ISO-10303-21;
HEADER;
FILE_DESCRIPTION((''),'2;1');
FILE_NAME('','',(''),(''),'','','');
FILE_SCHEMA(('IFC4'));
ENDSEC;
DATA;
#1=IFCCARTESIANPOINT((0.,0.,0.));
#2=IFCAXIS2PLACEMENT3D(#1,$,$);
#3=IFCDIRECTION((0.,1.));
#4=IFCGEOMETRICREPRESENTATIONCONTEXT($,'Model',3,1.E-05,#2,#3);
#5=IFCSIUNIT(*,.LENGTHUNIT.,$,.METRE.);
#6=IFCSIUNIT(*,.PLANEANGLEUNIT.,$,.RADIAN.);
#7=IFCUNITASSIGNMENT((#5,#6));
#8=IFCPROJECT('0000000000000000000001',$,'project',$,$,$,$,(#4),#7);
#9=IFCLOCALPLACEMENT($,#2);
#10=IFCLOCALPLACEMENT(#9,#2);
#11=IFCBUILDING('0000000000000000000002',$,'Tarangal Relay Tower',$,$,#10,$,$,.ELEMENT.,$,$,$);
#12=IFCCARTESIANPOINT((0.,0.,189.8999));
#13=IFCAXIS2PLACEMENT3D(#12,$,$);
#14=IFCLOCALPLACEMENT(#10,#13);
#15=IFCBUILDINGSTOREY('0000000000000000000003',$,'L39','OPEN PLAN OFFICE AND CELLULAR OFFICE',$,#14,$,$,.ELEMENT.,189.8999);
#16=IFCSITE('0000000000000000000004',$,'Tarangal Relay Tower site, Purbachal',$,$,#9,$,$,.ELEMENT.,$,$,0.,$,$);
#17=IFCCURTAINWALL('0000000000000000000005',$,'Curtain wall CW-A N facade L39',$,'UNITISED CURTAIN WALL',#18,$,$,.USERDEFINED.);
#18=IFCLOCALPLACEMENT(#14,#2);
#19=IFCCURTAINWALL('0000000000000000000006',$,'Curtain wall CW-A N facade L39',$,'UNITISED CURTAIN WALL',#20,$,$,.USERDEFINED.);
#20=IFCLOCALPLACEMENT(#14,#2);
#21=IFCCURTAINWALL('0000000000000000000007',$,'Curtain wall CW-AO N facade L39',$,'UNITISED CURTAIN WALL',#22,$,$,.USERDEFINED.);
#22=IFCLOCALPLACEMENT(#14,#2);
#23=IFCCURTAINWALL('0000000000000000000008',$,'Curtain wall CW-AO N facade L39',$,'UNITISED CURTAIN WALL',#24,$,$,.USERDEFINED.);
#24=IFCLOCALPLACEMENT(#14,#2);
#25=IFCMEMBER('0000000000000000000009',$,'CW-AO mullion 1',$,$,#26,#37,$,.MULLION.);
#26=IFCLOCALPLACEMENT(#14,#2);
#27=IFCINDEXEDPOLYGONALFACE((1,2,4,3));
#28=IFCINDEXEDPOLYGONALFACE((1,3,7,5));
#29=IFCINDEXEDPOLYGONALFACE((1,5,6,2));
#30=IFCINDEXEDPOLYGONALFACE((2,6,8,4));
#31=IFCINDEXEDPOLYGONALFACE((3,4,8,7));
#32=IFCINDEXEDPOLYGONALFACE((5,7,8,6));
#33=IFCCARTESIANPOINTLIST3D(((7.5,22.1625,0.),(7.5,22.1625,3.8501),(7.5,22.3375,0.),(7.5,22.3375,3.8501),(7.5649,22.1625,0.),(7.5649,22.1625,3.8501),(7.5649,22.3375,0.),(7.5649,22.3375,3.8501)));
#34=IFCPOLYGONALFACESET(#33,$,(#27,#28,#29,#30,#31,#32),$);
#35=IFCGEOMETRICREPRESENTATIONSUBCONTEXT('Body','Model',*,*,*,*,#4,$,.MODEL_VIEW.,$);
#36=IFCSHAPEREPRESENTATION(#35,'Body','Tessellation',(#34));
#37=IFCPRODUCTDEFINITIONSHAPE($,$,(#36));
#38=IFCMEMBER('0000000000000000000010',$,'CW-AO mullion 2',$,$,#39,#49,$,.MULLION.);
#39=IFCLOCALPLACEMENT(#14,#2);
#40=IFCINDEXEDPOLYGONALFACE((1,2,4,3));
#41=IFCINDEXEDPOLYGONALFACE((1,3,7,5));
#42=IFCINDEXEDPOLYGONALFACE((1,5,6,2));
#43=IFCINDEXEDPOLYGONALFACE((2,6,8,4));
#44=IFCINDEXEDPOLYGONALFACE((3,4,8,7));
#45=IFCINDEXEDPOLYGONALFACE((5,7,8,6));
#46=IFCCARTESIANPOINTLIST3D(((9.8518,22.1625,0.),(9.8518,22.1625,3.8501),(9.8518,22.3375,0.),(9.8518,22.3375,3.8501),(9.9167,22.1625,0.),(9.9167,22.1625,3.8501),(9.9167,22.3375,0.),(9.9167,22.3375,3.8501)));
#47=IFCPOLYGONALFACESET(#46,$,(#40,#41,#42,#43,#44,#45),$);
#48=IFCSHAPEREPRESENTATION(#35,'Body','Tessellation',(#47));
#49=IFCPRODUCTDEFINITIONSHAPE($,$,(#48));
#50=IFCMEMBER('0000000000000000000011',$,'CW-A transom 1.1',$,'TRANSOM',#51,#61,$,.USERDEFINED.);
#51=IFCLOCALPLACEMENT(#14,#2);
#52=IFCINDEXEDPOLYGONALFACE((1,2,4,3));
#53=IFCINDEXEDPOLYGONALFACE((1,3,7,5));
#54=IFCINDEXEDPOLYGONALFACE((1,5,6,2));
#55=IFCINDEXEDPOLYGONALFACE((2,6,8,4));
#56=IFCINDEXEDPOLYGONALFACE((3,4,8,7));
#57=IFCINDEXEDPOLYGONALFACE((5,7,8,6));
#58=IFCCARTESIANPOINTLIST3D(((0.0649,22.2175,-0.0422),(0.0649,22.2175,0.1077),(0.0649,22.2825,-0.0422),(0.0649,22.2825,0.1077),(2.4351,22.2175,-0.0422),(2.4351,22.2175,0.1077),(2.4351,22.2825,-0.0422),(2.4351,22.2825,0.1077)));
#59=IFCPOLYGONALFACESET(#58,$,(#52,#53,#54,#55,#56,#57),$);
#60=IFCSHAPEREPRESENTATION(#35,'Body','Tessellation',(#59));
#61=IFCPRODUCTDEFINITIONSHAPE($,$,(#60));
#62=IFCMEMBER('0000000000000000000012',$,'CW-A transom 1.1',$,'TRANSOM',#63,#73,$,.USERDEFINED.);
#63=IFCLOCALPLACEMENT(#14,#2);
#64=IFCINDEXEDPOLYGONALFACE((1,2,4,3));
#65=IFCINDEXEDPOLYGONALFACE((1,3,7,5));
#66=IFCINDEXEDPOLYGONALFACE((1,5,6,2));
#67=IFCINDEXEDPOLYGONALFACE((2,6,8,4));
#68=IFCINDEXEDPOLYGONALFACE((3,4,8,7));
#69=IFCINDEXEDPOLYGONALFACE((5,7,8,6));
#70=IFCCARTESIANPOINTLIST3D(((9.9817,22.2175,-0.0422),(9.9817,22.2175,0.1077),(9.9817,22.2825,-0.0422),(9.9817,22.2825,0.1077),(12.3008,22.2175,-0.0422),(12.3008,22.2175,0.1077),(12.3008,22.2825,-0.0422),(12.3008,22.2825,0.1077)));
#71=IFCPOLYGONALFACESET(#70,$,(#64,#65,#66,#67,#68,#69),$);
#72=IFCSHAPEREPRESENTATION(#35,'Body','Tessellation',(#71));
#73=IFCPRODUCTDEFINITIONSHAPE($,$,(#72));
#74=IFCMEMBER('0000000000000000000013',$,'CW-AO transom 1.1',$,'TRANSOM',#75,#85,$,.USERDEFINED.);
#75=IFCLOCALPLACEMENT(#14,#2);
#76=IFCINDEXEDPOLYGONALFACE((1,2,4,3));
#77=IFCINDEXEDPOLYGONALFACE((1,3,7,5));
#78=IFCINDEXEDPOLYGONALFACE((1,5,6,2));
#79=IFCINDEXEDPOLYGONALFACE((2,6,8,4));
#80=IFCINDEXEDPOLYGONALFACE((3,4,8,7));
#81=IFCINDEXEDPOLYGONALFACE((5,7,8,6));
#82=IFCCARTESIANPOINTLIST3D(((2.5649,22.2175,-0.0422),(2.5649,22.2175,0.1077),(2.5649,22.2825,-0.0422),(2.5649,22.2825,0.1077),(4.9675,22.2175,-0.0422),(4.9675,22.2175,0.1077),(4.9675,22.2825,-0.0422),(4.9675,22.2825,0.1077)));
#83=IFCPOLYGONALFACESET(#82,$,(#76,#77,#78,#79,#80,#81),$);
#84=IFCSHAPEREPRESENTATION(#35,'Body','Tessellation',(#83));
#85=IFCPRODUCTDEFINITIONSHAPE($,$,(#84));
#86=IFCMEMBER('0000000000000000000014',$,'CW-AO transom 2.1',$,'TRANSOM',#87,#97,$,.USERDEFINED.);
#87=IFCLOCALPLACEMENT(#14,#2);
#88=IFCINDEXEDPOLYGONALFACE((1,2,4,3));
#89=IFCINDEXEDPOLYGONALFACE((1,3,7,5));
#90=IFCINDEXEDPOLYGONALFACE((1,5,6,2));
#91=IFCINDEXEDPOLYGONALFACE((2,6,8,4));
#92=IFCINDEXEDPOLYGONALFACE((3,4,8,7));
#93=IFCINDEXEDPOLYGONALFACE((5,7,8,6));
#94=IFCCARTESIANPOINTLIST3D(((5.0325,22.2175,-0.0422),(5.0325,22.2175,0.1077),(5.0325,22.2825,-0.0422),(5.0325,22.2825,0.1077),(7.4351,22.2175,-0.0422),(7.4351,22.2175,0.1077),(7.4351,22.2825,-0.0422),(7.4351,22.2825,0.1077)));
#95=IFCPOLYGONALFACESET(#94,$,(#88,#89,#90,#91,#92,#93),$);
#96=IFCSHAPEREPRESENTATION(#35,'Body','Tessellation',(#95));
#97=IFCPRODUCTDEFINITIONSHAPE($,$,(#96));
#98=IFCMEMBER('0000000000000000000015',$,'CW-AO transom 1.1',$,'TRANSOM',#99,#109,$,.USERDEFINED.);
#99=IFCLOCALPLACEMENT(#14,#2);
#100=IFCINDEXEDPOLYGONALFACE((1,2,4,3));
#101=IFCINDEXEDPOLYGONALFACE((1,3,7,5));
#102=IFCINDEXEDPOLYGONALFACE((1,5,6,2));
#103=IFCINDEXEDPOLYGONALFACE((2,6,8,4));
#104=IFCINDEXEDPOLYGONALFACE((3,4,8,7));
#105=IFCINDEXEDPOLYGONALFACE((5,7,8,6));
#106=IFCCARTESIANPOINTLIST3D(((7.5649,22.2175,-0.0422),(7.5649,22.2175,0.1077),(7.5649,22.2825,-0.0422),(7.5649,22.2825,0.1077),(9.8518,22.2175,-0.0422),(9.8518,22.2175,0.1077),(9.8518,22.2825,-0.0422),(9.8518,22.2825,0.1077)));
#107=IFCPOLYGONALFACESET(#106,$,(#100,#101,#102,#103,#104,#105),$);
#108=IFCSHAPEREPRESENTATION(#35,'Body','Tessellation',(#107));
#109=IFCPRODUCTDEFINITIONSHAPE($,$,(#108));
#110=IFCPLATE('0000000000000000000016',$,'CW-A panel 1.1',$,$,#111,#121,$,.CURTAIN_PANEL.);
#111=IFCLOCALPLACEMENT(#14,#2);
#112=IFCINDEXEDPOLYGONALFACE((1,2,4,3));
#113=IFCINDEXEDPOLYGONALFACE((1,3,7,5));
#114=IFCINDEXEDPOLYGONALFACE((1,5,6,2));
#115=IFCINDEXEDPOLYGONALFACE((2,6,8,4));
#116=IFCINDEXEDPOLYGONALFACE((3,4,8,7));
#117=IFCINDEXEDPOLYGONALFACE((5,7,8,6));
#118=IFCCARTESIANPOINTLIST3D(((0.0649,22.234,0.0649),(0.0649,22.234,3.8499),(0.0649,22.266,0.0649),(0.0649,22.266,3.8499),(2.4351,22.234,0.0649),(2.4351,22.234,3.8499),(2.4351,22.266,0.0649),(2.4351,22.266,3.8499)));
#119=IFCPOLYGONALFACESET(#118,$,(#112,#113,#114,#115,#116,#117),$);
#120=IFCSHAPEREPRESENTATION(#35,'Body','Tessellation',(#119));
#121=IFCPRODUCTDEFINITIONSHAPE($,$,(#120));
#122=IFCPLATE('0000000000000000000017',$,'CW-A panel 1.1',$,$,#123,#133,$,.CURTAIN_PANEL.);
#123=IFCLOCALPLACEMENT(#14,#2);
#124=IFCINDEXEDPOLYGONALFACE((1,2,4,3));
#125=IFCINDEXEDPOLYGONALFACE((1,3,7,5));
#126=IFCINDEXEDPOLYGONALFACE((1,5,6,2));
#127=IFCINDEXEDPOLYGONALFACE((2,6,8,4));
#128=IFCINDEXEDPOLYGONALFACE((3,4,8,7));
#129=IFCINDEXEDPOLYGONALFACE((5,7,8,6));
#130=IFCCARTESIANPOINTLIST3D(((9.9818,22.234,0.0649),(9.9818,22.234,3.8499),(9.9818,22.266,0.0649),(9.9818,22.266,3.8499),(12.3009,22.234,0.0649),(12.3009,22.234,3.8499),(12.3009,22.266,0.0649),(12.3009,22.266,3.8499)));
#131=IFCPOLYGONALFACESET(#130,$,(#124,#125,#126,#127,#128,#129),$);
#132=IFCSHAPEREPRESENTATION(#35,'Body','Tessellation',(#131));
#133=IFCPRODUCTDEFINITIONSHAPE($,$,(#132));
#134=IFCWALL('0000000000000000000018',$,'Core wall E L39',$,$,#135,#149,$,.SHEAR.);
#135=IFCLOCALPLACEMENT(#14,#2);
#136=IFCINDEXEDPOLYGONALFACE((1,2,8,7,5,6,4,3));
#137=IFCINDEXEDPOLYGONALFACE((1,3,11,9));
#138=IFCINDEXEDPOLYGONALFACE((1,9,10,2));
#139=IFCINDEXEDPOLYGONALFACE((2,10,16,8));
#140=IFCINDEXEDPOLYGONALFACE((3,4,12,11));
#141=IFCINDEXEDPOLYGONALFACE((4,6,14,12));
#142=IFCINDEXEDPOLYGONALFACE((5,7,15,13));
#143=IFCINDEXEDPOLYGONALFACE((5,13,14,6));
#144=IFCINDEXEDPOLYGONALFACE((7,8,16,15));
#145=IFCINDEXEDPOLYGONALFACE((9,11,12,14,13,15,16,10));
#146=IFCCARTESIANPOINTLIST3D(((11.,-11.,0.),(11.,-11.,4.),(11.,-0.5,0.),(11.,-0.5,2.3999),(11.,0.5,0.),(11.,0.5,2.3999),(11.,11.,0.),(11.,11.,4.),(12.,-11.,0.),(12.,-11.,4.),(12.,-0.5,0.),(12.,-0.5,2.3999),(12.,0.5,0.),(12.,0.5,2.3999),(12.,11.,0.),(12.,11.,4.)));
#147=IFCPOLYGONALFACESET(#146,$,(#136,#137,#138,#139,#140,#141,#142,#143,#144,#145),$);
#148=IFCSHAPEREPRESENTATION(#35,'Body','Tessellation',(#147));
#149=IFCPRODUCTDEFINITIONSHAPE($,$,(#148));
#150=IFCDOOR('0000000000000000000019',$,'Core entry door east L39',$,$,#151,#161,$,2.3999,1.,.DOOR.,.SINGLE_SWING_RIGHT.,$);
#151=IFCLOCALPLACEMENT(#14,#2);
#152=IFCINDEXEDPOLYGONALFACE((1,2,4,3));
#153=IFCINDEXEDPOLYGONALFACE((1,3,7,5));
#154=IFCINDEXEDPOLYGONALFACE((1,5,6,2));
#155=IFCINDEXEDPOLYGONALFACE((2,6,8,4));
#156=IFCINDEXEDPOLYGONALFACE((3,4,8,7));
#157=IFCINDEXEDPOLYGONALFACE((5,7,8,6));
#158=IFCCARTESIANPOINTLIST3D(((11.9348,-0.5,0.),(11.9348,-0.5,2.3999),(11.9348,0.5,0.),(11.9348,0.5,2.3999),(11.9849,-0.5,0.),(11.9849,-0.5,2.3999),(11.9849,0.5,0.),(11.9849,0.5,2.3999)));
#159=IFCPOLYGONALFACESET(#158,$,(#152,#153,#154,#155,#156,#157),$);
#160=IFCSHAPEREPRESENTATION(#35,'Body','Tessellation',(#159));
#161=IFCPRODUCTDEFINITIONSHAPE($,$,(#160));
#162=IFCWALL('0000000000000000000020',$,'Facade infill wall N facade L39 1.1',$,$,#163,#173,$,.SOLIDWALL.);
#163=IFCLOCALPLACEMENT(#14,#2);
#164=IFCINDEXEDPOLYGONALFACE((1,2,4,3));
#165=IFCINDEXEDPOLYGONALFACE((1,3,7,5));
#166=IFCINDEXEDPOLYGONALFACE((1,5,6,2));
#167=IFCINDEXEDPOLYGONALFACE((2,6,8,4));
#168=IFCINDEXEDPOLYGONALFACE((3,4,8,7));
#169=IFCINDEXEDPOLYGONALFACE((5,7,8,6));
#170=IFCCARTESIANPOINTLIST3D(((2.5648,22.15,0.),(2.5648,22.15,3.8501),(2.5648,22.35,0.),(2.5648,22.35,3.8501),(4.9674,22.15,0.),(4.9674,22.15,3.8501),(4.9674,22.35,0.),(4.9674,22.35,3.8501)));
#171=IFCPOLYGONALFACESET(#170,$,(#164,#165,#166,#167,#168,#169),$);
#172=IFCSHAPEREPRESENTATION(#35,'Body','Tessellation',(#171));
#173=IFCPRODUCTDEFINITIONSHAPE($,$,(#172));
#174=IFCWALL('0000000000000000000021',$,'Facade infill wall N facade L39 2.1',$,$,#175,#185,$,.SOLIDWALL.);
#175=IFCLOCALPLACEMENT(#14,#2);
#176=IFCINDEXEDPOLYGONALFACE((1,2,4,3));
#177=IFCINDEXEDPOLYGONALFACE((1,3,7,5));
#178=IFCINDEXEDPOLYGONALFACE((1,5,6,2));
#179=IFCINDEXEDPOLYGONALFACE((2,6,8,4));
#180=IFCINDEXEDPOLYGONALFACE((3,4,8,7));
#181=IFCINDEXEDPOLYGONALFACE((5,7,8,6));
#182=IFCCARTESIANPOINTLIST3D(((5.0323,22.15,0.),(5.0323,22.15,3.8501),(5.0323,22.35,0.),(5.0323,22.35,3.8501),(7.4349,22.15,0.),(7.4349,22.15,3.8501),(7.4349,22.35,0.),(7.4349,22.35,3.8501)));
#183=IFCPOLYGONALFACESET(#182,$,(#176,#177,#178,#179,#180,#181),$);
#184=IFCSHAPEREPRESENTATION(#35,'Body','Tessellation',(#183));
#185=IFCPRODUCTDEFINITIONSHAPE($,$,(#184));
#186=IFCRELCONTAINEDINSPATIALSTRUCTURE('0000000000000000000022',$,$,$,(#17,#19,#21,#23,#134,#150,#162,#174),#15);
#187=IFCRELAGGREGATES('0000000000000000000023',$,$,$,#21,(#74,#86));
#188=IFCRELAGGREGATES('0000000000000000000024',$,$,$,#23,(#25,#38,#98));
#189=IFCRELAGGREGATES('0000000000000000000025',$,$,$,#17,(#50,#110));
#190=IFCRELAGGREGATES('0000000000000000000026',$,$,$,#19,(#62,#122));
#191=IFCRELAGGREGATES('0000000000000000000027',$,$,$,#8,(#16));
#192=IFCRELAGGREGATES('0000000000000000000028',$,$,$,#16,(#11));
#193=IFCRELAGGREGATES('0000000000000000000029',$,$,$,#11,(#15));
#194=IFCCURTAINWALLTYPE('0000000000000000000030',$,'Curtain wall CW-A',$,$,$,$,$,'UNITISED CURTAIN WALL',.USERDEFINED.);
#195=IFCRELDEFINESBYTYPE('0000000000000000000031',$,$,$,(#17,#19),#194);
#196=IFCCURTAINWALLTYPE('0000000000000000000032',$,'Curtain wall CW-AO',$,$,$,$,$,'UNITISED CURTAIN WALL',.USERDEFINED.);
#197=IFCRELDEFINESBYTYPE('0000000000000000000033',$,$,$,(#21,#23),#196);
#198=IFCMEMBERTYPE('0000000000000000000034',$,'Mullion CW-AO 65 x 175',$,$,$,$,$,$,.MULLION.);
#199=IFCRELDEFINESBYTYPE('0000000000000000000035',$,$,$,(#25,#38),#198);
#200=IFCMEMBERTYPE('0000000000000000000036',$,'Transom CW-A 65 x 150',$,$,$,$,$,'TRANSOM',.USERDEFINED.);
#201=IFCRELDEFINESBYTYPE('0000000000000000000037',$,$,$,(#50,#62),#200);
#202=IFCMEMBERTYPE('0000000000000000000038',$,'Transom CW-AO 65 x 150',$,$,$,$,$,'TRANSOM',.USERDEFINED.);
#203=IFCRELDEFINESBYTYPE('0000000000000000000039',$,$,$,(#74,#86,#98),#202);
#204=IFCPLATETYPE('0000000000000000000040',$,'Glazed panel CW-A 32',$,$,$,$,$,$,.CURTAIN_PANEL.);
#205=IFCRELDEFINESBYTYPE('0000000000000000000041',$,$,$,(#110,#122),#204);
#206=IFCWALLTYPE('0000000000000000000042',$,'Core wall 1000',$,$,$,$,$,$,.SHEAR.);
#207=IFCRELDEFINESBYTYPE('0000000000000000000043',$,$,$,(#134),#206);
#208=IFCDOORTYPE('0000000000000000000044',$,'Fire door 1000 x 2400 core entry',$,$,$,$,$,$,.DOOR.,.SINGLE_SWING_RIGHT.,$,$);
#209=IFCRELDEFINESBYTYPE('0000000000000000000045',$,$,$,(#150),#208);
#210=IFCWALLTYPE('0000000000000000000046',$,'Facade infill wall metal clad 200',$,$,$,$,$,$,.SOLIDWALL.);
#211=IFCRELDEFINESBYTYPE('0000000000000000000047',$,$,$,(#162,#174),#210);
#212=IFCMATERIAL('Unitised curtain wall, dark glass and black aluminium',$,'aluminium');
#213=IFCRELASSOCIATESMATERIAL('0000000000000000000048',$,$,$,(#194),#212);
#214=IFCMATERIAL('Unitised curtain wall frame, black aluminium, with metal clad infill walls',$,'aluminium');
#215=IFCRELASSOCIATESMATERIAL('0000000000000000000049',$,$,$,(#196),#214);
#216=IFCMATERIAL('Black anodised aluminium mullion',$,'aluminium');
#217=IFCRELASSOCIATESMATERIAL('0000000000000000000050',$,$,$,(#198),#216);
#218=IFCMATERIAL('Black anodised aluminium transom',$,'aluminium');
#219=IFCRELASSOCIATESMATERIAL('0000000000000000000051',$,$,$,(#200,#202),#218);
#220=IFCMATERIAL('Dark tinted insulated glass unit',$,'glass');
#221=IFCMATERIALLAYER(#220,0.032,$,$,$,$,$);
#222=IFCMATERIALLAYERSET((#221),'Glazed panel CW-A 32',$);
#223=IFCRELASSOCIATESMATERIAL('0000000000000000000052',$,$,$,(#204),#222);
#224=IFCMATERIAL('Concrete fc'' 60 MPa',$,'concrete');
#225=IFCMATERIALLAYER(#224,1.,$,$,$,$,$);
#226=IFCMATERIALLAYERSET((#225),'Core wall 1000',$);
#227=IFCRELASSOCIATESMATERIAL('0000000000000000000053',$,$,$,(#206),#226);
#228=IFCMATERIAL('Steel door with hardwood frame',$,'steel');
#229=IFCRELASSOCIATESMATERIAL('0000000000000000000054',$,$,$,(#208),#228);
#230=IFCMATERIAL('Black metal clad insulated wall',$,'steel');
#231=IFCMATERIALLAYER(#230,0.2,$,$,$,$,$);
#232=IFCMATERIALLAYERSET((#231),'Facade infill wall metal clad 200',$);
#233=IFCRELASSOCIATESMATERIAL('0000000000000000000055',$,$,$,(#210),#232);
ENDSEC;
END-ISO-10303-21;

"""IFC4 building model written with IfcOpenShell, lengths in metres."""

from ifc_helpers import new_model, si_unit, direction, frame, frame_2d, origin, origin_2d, place, context, subcontext, project, spatial, rectangle, extrude, material, layer, layer_set, material_profile, profile_set, type_object, element, fill, aggregate, save


model = new_model("IFC4")

# Units and contexts
model_context = context("Model", 3, precision=1e-05, world=origin(), true_north=direction((0.0, 1.0)))
body_context = subcontext(model_context, "Body", "Model", "MODEL_VIEW")
ifc_project = project(units=[si_unit("LENGTHUNIT", "METRE"), si_unit("PLANEANGLEUNIT", "RADIAN")], contexts=[model_context])

# Site, building, storey
site_placement = place(None, origin())
site = spatial("IfcSite", under=ifc_project, at=site_placement, Name="Tarangal Relay Tower site, Purbachal", CompositionType="ELEMENT", RefElevation=0.0)
building_placement = place(site_placement, origin())
building = spatial("IfcBuilding", under=site, at=building_placement, Name="Tarangal Relay Tower", CompositionType="ELEMENT")
storey_placement = place(building_placement, frame((0.0, 0.0, 189.8999)))
storey = spatial("IfcBuildingStorey", under=building, at=storey_placement, Name="L39", Description="OPEN PLAN OFFICE AND CELLULAR OFFICE", CompositionType="ELEMENT", Elevation=189.8999)

# Curtain wall
ifc_material_1 = material(Name="Unitised curtain wall, dark glass and black aluminium", Category="aluminium")
curtain_wall_type_1 = type_object("IfcCurtainWallType", Name="Curtain wall CW-A", ElementType="UNITISED CURTAIN WALL", PredefinedType="USERDEFINED", material=ifc_material_1)
curtain_wall_1_placement = place(storey_placement, origin())
curtain_wall_1 = element("IfcCurtainWall", 1, at=curtain_wall_1_placement, inside=storey, type_object=curtain_wall_type_1, Name="Curtain wall CW-A N facade L39", ObjectType="UNITISED CURTAIN WALL", PredefinedType="USERDEFINED")
ifc_material_2 = material(Name="Black anodised aluminium mullion", Category="aluminium")

# Curtain wall
curtain_wall_2_placement = place(storey_placement, origin())
curtain_wall_2 = element("IfcCurtainWall", 2, at=curtain_wall_2_placement, inside=storey, type_object=curtain_wall_type_1, Name="Curtain wall CW-A N facade L39", ObjectType="UNITISED CURTAIN WALL", PredefinedType="USERDEFINED")

# Curtain walls, members
ifc_material_3 = material(Name="Unitised curtain wall frame, black aluminium, with metal clad infill walls", Category="aluminium")
curtain_wall_type_2 = type_object("IfcCurtainWallType", Name="Curtain wall CW-AO", ElementType="UNITISED CURTAIN WALL", PredefinedType="USERDEFINED", material=ifc_material_3)
curtain_wall_3_placement = place(storey_placement, origin())
curtain_wall_3 = element("IfcCurtainWall", 3, at=curtain_wall_3_placement, inside=storey, type_object=curtain_wall_type_2, Name="Curtain wall CW-AO N facade L39", ObjectType="UNITISED CURTAIN WALL", PredefinedType="USERDEFINED")
ifc_material_profile_1 = material_profile(ifc_material_2, rectangle(XDim=0.175, YDim=0.0649, at=origin_2d()), Name="CW-AOM 65X175")
ifc_profile_set_1 = profile_set([ifc_material_profile_1], Name="Black anodised aluminium mullion")
member_type_1 = type_object("IfcMemberType", Name="Mullion CW-AO 65 x 175", PredefinedType="MULLION", material=ifc_profile_set_1)
curtain_wall_4_placement = place(storey_placement, origin())
curtain_wall_4 = element("IfcCurtainWall", 4, at=curtain_wall_4_placement, inside=storey, type_object=curtain_wall_type_2, Name="Curtain wall CW-AO N facade L39", ObjectType="UNITISED CURTAIN WALL", PredefinedType="USERDEFINED")
member_1_placement = place(storey_placement, frame((7.5325, 22.25, 0.0), z_axis=(0.0, 0.0, 1.0), x_axis=(0.0, 1.0, 0.0)))
member_1 = element("IfcMember", 5, at=member_1_placement, type_object=member_type_1, Name="CW-AO mullion 1", PredefinedType="MULLION", context=body_context, shape_type="SweptSolid", body=[
    extrude(rectangle(XDim=0.175, YDim=0.0649, at=origin_2d()), origin(), (0.0, 0.0, 1.0), 3.8501),
])
member_2_placement = place(storey_placement, frame((9.8843, 22.25, 0.0), z_axis=(0.0, 0.0, 1.0), x_axis=(0.0, 1.0, 0.0)))
member_2 = element("IfcMember", 6, at=member_2_placement, type_object=member_type_1, Name="CW-AO mullion 2", PredefinedType="MULLION", context=body_context, shape_type="SweptSolid", body=[
    extrude(rectangle(XDim=0.175, YDim=0.0649, at=origin_2d()), origin(), (0.0, 0.0, 1.0), 3.8501),
])

# Members
ifc_material_4 = material(Name="Black anodised aluminium transom", Category="aluminium")
ifc_material_profile_2 = material_profile(ifc_material_4, rectangle(XDim=0.0649, YDim=0.1499, at=origin_2d()), Name="CW-AT 65X150")
ifc_profile_set_2 = profile_set([ifc_material_profile_2], Name="Black anodised aluminium transom")
member_type_2 = type_object("IfcMemberType", Name="Transom CW-A 65 x 150", ElementType="TRANSOM", PredefinedType="USERDEFINED", material=ifc_profile_set_2)
member_3_placement = place(storey_placement, frame((0.0649, 22.25, 0.0327), z_axis=(1.0, 0.0, 0.0), x_axis=(0.0, 1.0, 0.0)))
member_3 = element("IfcMember", 7, at=member_3_placement, type_object=member_type_2, Name="CW-A transom 1.1", ObjectType="TRANSOM", PredefinedType="USERDEFINED", context=body_context, shape_type="SweptSolid", body=[
    extrude(rectangle(XDim=0.0649, YDim=0.1499, at=origin_2d()), origin(), (0.0, 0.0, 1.0), 2.3701),
])
member_4_placement = place(storey_placement, frame((9.9817, 22.25, 0.0327), z_axis=(1.0, 0.0, 0.0), x_axis=(0.0, 1.0, 0.0)))
member_4 = element("IfcMember", 8, at=member_4_placement, type_object=member_type_2, Name="CW-A transom 1.1", ObjectType="TRANSOM", PredefinedType="USERDEFINED", context=body_context, shape_type="SweptSolid", body=[
    extrude(rectangle(XDim=0.0649, YDim=0.1499, at=origin_2d()), origin(), (0.0, 0.0, 1.0), 2.3191),
])
ifc_material_profile_3 = material_profile(ifc_material_4, rectangle(XDim=0.0649, YDim=0.1499, at=origin_2d()), Name="CW-AOT 65X150")
ifc_profile_set_3 = profile_set([ifc_material_profile_3], Name="Black anodised aluminium transom")
member_type_3 = type_object("IfcMemberType", Name="Transom CW-AO 65 x 150", ElementType="TRANSOM", PredefinedType="USERDEFINED", material=ifc_profile_set_3)
member_5_placement = place(storey_placement, frame((2.5649, 22.25, 0.0327), z_axis=(1.0, 0.0, 0.0), x_axis=(0.0, 1.0, 0.0)))
member_5 = element("IfcMember", 9, at=member_5_placement, type_object=member_type_3, Name="CW-AO transom 1.1", ObjectType="TRANSOM", PredefinedType="USERDEFINED", context=body_context, shape_type="SweptSolid", body=[
    extrude(rectangle(XDim=0.0649, YDim=0.1499, at=origin_2d()), origin(), (0.0, 0.0, 1.0), 2.4026),
])
member_6_placement = place(storey_placement, frame((5.0325, 22.25, 0.0327), z_axis=(1.0, 0.0, 0.0), x_axis=(0.0, 1.0, 0.0)))
member_6 = element("IfcMember", 10, at=member_6_placement, type_object=member_type_3, Name="CW-AO transom 2.1", ObjectType="TRANSOM", PredefinedType="USERDEFINED", context=body_context, shape_type="SweptSolid", body=[
    extrude(rectangle(XDim=0.0649, YDim=0.1499, at=origin_2d()), origin(), (0.0, 0.0, 1.0), 2.4026),
])
aggregate(curtain_wall_3, [member_5, member_6])
member_7_placement = place(storey_placement, frame((7.5649, 22.25, 0.0327), z_axis=(1.0, 0.0, 0.0), x_axis=(0.0, 1.0, 0.0)))
member_7 = element("IfcMember", 11, at=member_7_placement, type_object=member_type_3, Name="CW-AO transom 1.1", ObjectType="TRANSOM", PredefinedType="USERDEFINED", context=body_context, shape_type="SweptSolid", body=[
    extrude(rectangle(XDim=0.0649, YDim=0.1499, at=origin_2d()), origin(), (0.0, 0.0, 1.0), 2.2869),
])
aggregate(curtain_wall_4, [member_1, member_2, member_7])

# Plates
ifc_material_5 = material(Name="Dark tinted insulated glass unit", Category="glass")
ifc_layer_1 = layer(ifc_material_5, 0.032)
ifc_layer_set_1 = layer_set([ifc_layer_1], Name="Glazed panel CW-A 32")
plate_type = type_object("IfcPlateType", Name="Glazed panel CW-A 32", PredefinedType="CURTAIN_PANEL", material=ifc_layer_set_1)
plate_1_placement = place(storey_placement, frame((1.25, 22.25, 0.0649), z_axis=(0.0, 0.0, 1.0), x_axis=(1.0, 0.0, 0.0)))
plate_1 = element("IfcPlate", 12, at=plate_1_placement, type_object=plate_type, Name="CW-A panel 1.1", PredefinedType="CURTAIN_PANEL", context=body_context, shape_type="SweptSolid", body=[
    extrude(rectangle(XDim=2.3701, YDim=0.032, at=origin_2d()), origin(), (0.0, 0.0, 1.0), 3.7849),
])
aggregate(curtain_wall_1, [member_3, plate_1])
plate_2_placement = place(storey_placement, frame((11.1414, 22.25, 0.0649), z_axis=(0.0, 0.0, 1.0), x_axis=(1.0, 0.0, 0.0)))
plate_2 = element("IfcPlate", 13, at=plate_2_placement, type_object=plate_type, Name="CW-A panel 1.1", PredefinedType="CURTAIN_PANEL", context=body_context, shape_type="SweptSolid", body=[
    extrude(rectangle(XDim=2.3191, YDim=0.032, at=origin_2d()), origin(), (0.0, 0.0, 1.0), 3.7849),
])
aggregate(curtain_wall_2, [member_4, plate_2])

# Wall, opening, door
ifc_material_6 = material(Name="Concrete fc' 60 MPa", Category="concrete")
ifc_layer_2 = layer(ifc_material_6, 1.0)
ifc_layer_set_2 = layer_set([ifc_layer_2], Name="Core wall 1000")
wall_type_1 = type_object("IfcWallType", Name="Core wall 1000", PredefinedType="SHEAR", material=ifc_layer_set_2)
wall_1_placement = place(storey_placement, frame((11.5, 11.0, 0.0), z_axis=(0.0, 0.0, 1.0), x_axis=(0.0, -1.0, 0.0)))
wall_1 = element("IfcWall", 14, at=wall_1_placement, inside=storey, type_object=wall_type_1, Name="Core wall E L39", PredefinedType="SHEAR", context=body_context, shape_type="SweptSolid", body=[
    extrude(rectangle(XDim=22.0, YDim=1.0, at=frame_2d((11.0, 0.0))), origin(), (0.0, 0.0, 1.0), 4.0),
])
opening_1_placement = place(wall_1_placement, frame((10.5, 0.0, 0.0)))
opening_1 = element("IfcOpeningElement", 15, at=opening_1_placement, cuts=wall_1, PredefinedType="OPENING", context=body_context, shape_type="SweptSolid", body=[
    extrude(rectangle(XDim=1.0, YDim=2.3999, at=frame_2d((0.5, 1.2))), frame((0.0, 0.51, 0.0), z_axis=(0.0, -1.0, 0.0), x_axis=(1.0, 0.0, 0.0)), (0.0, 0.0, 1.0), 1.02),
])
ifc_material_7 = material(Name="Steel door with hardwood frame", Category="steel")
door_type_1 = type_object("IfcDoorType", Name="Fire door 1000 x 2400 core entry", OperationType="SINGLE_SWING_RIGHT", PredefinedType="DOOR", material=ifc_material_7)
door_1_placement = place(opening_1_placement, origin())
door_1 = element("IfcDoor", 16, at=door_1_placement, inside=storey, type_object=door_type_1, Name="Core entry door east L39", OperationType="SINGLE_SWING_RIGHT", OverallHeight=2.3999, OverallWidth=1.0, PredefinedType="DOOR", context=body_context, shape_type="SweptSolid", body=[
    extrude(rectangle(XDim=1.0, YDim=2.3999, at=frame_2d((0.5, 1.2))), frame((0.0, 0.4849, 0.0), z_axis=(0.0, -1.0, 0.0), x_axis=(1.0, 0.0, 0.0)), (0.0, 0.0, 1.0), 0.05),
])
fill(opening_1, door_1)

# Walls
ifc_material_8 = material(Name="Black metal clad insulated wall", Category="steel")
ifc_layer_3 = layer(ifc_material_8, 0.2)
ifc_layer_set_3 = layer_set([ifc_layer_3], Name="Facade infill wall metal clad 200")
wall_type_2 = type_object("IfcWallType", Name="Facade infill wall metal clad 200", PredefinedType="SOLIDWALL", material=ifc_layer_set_3)
for number, where, z_axis, x_axis, name in (
    (17, (2.5649, 22.25, 0.0), (0.0, 0.0, 1.0), (1.0, 0.0, 0.0), "Facade infill wall N facade L39 1.1"),
    (18, (5.0325, 22.25, 0.0), (0.0, 0.0, 1.0), (1.0, 0.0, 0.0), "Facade infill wall N facade L39 2.1"),
):
    element("IfcWall", number, at=place(storey_placement, frame(where, z_axis=z_axis, x_axis=x_axis)), inside=storey, type_object=wall_type_2, Name=name, PredefinedType="SOLIDWALL", context=body_context, shape_type="SweptSolid", body=[
        extrude(rectangle(XDim=2.4026, YDim=0.2, at=frame_2d((1.2012, 0.0))), origin(), (0.0, 0.0, 1.0), 3.8501),
    ])

save(model, "model.ifc")
